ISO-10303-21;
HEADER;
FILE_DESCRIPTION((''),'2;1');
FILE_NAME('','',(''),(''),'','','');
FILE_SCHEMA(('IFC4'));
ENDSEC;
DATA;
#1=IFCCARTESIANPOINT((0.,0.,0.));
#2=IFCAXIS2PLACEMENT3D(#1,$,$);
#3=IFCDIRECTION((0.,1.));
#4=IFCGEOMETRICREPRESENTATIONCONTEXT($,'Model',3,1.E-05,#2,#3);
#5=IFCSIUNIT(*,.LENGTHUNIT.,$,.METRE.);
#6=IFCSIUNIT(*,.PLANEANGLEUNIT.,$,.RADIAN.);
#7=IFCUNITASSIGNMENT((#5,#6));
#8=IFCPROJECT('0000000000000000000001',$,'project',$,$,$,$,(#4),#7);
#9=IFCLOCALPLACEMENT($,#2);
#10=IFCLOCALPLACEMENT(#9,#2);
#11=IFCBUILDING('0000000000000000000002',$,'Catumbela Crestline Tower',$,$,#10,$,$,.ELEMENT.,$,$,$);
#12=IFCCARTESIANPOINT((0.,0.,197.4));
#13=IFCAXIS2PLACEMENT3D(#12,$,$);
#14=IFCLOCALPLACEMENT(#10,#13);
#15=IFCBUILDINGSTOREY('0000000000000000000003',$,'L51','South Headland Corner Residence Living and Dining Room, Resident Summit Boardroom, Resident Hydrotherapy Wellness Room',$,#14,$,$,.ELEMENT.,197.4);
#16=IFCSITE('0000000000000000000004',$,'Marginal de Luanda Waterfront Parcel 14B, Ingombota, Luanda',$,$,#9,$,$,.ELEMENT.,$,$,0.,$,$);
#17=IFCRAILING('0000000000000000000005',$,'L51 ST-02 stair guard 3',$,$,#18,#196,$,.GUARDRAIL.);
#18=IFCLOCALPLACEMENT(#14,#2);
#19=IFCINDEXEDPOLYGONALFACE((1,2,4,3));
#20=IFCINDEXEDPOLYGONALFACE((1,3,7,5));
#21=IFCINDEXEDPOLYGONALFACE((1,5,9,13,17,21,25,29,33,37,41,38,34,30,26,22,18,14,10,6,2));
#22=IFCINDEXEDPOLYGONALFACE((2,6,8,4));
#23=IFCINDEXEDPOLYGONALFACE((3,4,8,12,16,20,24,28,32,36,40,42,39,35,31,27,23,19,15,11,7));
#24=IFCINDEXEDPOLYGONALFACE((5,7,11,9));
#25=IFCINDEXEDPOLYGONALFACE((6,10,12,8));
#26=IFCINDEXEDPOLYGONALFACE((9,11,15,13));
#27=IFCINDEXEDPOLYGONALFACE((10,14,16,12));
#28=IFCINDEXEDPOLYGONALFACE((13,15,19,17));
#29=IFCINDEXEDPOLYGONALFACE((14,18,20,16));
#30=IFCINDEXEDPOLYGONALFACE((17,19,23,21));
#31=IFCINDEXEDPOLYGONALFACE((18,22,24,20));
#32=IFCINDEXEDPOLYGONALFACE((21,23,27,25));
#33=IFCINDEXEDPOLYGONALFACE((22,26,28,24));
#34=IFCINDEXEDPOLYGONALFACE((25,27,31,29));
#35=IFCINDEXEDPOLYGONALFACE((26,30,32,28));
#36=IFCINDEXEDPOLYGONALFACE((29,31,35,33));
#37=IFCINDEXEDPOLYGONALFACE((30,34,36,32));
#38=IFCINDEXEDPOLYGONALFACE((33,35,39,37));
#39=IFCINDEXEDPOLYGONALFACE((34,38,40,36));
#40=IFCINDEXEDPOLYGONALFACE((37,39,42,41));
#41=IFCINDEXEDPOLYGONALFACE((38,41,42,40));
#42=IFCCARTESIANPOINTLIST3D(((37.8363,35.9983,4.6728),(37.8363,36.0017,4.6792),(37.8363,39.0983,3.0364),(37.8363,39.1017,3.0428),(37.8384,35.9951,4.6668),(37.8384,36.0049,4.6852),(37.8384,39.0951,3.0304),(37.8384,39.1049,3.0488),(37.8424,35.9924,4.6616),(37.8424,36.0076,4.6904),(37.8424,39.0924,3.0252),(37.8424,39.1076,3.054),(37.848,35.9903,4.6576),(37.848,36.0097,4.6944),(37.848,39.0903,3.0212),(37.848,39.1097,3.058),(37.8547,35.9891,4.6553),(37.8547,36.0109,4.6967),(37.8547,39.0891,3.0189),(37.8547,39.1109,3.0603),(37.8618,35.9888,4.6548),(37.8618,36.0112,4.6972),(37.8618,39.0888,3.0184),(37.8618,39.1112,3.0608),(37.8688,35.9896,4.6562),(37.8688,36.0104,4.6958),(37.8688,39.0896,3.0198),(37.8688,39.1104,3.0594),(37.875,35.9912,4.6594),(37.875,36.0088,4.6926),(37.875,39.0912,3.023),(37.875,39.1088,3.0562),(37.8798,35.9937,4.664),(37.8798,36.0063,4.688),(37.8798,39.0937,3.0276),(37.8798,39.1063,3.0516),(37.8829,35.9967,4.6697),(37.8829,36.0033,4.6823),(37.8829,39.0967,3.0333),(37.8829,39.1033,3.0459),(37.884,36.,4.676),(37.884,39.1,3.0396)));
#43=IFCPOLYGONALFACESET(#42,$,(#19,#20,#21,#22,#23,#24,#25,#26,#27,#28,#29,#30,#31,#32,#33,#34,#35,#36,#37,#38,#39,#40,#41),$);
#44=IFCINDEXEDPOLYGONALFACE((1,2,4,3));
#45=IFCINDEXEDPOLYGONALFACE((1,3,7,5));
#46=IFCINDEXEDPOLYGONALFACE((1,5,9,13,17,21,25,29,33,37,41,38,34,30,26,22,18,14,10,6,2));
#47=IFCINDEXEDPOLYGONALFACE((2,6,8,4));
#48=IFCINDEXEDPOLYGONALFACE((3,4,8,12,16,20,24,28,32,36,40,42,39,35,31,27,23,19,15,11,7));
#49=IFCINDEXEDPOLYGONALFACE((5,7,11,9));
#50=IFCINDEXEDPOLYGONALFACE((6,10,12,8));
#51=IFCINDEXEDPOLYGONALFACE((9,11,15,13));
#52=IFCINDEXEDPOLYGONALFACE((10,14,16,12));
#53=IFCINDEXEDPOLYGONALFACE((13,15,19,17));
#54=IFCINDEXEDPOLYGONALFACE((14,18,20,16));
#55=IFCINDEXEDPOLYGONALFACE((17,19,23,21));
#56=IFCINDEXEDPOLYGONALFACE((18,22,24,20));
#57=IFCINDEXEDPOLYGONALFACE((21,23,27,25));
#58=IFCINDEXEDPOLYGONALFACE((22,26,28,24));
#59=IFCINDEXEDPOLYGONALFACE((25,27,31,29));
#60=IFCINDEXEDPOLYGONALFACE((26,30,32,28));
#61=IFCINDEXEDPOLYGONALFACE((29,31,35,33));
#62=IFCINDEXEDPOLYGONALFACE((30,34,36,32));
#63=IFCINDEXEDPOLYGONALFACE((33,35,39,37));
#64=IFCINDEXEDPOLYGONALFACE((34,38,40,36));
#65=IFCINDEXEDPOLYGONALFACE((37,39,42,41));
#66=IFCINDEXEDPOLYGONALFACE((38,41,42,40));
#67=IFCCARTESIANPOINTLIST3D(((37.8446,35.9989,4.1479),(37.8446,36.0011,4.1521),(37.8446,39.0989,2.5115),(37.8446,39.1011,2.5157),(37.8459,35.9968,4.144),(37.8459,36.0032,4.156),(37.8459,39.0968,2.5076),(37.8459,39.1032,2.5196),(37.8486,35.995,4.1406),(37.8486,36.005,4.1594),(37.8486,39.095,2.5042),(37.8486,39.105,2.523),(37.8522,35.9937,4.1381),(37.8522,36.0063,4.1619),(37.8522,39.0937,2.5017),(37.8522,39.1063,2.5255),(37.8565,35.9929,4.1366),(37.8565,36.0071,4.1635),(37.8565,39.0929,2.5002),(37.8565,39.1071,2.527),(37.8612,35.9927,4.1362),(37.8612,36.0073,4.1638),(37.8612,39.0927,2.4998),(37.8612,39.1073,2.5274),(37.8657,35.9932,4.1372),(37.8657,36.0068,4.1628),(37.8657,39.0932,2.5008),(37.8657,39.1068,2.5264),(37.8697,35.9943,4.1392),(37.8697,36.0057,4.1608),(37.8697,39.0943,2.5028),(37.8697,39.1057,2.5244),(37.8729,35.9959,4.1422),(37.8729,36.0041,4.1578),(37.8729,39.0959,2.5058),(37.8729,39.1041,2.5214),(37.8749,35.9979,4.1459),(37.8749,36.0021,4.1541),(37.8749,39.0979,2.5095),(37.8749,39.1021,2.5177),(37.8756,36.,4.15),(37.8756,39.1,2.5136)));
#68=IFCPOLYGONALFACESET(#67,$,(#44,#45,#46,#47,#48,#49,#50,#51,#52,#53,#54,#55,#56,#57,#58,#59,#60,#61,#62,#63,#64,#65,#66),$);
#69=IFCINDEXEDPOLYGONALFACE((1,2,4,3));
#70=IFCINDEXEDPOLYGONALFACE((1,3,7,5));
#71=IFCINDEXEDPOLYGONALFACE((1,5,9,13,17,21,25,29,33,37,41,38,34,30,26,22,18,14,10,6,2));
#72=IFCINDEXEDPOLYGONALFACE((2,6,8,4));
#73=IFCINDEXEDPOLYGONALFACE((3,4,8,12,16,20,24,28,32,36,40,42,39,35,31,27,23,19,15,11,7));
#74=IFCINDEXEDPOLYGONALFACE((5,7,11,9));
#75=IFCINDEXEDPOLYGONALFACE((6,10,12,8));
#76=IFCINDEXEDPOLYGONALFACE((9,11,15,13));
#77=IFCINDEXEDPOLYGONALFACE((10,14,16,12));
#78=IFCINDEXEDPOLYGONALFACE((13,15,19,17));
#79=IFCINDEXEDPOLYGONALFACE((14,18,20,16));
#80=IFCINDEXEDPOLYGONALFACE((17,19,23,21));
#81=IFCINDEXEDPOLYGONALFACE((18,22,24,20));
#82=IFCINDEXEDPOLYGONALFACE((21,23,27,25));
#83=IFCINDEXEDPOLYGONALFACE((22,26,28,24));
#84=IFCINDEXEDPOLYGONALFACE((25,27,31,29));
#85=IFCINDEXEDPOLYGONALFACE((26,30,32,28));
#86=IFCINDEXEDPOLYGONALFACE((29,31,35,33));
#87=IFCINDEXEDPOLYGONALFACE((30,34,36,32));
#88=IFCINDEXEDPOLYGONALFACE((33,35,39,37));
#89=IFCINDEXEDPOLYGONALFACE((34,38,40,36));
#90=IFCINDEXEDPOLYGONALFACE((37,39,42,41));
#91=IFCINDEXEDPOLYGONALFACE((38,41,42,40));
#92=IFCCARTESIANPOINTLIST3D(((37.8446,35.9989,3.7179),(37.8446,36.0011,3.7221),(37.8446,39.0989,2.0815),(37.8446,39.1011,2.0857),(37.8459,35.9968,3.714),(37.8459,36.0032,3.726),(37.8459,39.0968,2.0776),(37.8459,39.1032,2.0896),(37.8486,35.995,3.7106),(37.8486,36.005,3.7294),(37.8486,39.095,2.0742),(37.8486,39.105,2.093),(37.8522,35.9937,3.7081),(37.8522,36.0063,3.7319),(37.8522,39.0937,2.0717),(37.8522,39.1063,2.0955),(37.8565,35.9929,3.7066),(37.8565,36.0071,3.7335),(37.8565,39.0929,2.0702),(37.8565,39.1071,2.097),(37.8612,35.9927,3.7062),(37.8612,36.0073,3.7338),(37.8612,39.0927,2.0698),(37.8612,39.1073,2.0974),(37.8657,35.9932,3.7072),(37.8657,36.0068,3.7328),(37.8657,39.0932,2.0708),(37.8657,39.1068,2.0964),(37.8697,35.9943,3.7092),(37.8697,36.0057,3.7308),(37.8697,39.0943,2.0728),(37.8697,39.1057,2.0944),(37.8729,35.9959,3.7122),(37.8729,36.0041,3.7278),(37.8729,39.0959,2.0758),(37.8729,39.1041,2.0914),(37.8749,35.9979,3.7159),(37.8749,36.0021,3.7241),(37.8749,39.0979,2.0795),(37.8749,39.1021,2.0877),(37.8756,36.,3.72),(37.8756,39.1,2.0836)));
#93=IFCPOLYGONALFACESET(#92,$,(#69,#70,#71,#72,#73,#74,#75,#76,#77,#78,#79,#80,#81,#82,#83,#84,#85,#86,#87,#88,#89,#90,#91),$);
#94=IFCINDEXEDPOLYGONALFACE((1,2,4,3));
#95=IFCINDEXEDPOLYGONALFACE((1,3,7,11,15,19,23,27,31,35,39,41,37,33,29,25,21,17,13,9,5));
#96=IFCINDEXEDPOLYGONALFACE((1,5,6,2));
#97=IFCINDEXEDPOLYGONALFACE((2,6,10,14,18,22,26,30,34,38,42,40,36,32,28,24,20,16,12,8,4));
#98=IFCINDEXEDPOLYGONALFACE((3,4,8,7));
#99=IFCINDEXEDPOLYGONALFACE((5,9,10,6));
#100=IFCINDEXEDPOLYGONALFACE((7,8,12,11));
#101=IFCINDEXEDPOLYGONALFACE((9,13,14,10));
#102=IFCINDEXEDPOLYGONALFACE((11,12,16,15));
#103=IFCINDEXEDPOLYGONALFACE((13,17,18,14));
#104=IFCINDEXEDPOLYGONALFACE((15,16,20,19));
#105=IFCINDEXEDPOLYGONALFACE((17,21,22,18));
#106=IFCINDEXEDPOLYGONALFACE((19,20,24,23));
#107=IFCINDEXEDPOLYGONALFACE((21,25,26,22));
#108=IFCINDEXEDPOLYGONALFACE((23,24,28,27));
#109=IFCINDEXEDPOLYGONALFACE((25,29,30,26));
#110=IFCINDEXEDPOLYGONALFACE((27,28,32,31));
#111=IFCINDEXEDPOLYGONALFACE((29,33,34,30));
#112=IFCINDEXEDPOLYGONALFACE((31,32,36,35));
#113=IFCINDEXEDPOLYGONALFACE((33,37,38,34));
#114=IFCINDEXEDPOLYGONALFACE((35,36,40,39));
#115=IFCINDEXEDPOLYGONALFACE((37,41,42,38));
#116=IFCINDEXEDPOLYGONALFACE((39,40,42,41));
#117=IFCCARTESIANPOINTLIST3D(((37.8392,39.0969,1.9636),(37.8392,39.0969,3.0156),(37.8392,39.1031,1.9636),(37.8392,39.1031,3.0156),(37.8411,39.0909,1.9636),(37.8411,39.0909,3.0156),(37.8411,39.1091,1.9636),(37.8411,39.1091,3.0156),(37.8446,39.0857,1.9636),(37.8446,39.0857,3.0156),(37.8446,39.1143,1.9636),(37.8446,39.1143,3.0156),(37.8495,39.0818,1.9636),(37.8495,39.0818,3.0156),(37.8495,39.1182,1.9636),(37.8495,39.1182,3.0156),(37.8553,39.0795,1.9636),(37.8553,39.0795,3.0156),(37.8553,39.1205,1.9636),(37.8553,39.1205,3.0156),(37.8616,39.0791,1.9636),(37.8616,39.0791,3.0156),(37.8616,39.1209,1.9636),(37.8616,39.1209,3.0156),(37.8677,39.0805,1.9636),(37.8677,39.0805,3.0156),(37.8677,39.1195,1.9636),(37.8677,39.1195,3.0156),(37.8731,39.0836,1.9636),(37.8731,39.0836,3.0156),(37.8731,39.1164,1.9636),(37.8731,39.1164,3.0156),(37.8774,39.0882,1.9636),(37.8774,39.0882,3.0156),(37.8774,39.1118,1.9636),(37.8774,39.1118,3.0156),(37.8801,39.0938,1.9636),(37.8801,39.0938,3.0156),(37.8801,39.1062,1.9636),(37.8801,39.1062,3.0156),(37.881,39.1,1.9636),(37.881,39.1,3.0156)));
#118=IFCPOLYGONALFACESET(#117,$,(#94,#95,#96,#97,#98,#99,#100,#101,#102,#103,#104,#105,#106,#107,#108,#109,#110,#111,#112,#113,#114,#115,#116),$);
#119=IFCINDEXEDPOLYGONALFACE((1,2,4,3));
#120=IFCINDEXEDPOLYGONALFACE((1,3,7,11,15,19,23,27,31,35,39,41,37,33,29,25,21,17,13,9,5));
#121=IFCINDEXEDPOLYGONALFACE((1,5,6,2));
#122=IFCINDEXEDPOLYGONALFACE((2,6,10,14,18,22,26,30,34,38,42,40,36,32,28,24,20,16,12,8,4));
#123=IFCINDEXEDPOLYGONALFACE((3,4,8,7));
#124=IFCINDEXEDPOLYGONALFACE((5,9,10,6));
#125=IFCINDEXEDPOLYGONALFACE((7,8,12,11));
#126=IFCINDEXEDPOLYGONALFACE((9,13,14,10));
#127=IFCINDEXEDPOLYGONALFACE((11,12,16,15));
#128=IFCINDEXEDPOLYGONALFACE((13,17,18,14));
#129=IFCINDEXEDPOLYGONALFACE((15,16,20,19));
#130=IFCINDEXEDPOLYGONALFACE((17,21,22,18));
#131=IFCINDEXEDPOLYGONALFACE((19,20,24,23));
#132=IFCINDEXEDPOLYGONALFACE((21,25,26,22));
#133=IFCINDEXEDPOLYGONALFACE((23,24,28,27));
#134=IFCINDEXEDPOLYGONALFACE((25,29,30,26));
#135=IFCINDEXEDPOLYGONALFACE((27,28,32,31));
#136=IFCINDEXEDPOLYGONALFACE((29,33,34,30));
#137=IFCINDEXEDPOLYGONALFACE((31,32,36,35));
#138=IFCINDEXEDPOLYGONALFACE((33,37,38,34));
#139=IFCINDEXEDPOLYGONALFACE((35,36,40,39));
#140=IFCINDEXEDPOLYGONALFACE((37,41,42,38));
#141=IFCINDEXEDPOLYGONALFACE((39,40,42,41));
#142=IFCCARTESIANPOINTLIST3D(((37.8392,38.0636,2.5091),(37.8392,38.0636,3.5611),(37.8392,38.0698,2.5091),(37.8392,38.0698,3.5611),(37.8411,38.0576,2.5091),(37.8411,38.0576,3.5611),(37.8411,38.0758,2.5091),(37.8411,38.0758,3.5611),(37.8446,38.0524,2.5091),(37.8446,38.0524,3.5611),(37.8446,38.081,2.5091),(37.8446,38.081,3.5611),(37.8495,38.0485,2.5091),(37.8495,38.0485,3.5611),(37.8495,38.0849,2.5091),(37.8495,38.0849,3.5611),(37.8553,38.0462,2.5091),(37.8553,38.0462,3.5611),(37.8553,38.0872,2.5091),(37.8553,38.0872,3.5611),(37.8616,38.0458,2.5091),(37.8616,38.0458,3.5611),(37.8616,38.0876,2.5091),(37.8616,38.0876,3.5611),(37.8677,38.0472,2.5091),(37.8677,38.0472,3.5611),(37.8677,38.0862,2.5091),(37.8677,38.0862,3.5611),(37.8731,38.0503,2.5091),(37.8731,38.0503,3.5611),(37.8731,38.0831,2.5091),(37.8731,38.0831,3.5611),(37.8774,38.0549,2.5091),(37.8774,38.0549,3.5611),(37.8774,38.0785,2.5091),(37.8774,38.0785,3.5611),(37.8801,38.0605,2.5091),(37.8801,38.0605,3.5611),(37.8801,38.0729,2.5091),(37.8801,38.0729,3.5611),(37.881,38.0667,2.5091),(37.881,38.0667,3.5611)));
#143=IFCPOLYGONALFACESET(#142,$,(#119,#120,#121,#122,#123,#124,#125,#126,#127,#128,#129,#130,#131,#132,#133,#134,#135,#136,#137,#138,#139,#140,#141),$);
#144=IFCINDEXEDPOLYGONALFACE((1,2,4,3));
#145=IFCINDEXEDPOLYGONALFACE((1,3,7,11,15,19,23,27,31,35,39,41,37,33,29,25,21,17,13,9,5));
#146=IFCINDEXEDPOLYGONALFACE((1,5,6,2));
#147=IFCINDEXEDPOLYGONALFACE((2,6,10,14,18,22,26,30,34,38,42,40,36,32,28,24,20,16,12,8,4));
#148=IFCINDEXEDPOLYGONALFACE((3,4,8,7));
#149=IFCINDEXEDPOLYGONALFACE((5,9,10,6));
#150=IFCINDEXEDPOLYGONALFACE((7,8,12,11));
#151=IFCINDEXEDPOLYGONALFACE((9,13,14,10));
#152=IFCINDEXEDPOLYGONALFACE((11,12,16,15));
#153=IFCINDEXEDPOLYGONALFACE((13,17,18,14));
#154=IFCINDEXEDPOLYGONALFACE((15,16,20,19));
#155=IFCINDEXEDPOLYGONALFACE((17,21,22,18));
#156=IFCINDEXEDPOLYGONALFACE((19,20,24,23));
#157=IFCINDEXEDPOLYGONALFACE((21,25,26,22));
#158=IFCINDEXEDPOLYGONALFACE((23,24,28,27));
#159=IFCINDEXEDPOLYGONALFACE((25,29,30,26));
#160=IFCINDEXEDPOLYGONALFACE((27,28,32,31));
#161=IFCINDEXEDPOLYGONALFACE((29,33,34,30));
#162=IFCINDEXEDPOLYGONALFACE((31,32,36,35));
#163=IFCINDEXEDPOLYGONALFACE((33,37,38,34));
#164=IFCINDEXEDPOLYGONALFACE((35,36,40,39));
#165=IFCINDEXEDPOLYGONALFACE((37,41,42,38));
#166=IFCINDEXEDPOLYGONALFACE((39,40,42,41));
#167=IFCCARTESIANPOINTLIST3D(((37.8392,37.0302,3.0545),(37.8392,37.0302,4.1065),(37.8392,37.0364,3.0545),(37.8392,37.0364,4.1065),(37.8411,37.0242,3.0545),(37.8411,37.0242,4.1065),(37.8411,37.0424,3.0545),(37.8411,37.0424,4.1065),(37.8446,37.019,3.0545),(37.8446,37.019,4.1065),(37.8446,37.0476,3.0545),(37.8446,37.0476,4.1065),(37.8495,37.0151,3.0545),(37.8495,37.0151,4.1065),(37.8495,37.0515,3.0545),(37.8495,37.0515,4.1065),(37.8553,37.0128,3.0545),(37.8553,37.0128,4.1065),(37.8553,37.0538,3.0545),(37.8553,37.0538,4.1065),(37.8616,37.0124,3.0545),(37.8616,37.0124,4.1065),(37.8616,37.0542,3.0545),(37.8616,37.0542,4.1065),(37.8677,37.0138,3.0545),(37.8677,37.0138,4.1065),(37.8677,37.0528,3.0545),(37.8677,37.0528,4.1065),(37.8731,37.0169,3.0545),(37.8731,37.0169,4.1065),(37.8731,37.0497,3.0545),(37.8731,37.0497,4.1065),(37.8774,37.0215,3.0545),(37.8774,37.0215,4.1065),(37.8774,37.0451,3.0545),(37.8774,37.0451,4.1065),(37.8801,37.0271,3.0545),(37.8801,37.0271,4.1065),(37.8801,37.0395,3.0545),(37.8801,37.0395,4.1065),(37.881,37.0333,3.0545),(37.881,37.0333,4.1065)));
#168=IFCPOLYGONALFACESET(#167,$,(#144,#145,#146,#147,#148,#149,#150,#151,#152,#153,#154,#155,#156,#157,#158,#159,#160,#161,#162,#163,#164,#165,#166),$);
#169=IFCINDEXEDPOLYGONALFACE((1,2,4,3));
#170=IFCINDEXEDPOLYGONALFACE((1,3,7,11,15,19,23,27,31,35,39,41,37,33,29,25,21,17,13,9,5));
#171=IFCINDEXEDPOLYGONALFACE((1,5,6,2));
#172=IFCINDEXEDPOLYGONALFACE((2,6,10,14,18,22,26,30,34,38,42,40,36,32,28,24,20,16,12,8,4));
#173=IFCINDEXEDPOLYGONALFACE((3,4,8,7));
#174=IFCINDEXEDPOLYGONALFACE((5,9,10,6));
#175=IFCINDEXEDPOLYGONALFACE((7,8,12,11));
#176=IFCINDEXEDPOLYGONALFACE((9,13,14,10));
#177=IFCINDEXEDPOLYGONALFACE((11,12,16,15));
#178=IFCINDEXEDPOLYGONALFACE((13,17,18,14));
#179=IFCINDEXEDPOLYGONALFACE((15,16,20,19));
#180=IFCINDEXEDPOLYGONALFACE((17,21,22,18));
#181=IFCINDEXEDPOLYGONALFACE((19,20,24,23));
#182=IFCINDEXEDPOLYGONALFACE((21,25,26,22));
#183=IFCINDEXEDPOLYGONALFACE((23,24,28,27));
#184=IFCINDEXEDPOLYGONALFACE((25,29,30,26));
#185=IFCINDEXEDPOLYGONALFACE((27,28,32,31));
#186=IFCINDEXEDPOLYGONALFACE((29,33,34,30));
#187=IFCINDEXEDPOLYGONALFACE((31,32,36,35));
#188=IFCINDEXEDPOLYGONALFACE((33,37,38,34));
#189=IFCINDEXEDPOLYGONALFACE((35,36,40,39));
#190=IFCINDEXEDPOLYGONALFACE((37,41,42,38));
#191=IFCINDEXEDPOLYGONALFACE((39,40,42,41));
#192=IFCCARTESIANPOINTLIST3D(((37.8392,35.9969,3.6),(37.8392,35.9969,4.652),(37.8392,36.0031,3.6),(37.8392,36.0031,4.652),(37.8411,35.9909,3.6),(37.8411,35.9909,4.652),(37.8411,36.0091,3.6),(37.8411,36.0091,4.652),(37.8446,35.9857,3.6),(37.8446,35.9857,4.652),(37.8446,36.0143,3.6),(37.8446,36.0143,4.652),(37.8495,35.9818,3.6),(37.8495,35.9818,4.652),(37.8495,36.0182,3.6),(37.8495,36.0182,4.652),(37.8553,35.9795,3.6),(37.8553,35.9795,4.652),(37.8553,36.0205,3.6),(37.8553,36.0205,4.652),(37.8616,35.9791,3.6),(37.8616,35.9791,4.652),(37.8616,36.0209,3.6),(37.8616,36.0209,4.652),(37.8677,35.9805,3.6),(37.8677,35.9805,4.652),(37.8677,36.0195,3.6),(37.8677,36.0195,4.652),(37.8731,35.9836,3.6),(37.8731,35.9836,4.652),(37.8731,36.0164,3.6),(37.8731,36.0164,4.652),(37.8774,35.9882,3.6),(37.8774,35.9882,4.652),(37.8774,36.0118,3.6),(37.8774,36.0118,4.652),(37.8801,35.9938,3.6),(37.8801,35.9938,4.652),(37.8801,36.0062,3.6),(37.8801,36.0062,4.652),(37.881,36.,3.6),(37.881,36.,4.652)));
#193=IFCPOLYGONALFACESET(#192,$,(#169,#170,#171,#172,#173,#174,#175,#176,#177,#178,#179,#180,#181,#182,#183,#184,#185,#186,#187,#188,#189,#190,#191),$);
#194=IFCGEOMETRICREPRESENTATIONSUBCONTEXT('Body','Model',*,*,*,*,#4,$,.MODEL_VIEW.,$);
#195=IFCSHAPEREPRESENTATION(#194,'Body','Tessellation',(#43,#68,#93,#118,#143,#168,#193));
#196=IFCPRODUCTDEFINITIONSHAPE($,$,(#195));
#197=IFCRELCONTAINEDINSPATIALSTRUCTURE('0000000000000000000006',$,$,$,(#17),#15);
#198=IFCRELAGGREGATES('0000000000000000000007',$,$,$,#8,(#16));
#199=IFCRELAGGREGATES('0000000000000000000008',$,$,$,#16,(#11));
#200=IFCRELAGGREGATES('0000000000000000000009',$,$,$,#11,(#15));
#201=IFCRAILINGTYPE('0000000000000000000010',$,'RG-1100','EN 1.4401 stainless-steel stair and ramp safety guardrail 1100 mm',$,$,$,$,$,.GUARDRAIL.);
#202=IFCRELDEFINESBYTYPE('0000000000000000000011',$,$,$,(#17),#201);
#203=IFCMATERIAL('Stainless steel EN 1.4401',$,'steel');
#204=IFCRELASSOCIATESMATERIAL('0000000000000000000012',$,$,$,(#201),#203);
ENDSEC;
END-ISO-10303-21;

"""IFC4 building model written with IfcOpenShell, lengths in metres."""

from ifc_helpers import new_model, si_unit, direction, frame, origin, origin_2d, place, context, subcontext, project, spatial, circle, extrude, material, type_object, element, save


model = new_model("IFC4")

# Units and contexts
model_context = context("Model", 3, precision=1e-05, world=origin(), true_north=direction((0.0, 1.0)))
body_context = subcontext(model_context, "Body", "Model", "MODEL_VIEW")
ifc_project = project(units=[si_unit("LENGTHUNIT", "METRE"), si_unit("PLANEANGLEUNIT", "RADIAN")], contexts=[model_context])

# Site, building, storey
site_placement = place(None, origin())
site = spatial("IfcSite", under=ifc_project, at=site_placement, Name="Marginal de Luanda Waterfront Parcel 14B, Ingombota, Luanda", CompositionType="ELEMENT", RefElevation=0.0)
building_placement = place(site_placement, origin())
building = spatial("IfcBuilding", under=site, at=building_placement, Name="Catumbela Crestline Tower", CompositionType="ELEMENT")
storey_placement = place(building_placement, frame((0.0, 0.0, 197.4)))
storey = spatial("IfcBuildingStorey", under=building, at=storey_placement, Name="L51", Description="South Headland Corner Residence Living and Dining Room, Resident Summit Boardroom, Resident Hydrotherapy Wellness Room", CompositionType="ELEMENT", Elevation=197.4)

# Shared definitions
ifc_material_1 = material(Name="Stainless steel EN 1.4401", Category="steel")

# Railing
railing_type_1 = type_object("IfcRailingType", Name="RG-1100", Description="EN 1.4401 stainless-steel stair and ramp safety guardrail 1100 mm", PredefinedType="GUARDRAIL", material=ifc_material_1)
railing_1_placement = place(storey_placement, frame((37.86, 39.1, 1.9636)))
element("IfcRailing", 1, at=railing_1_placement, inside=storey, type_object=railing_type_1, Name="L51 ST-02 stair guard 3", PredefinedType="GUARDRAIL", context=body_context, shape_type="SweptSolid", body=[
    extrude(circle(Radius=0.024, at=origin_2d()), frame((0.0, 0.0, 1.076), z_axis=(0.0, -0.884351, 0.466823), x_axis=(1.0, 0.0, 0.0)), (0.0, 0.0, 1.0), 3.5054),
    extrude(circle(Radius=0.0156, at=origin_2d()), frame((0.0, 0.0, 0.55), z_axis=(0.0, -0.884351, 0.466823), x_axis=(1.0, 0.0, 0.0)), (0.0, 0.0, 1.0), 3.5054),
    extrude(circle(Radius=0.0156, at=origin_2d()), frame((0.0, 0.0, 0.12), z_axis=(0.0, -0.884351, 0.466823), x_axis=(1.0, 0.0, 0.0)), (0.0, 0.0, 1.0), 3.5054),
    extrude(circle(Radius=0.021, at=origin_2d()), origin(), (0.0, 0.0, 1.0), 1.052),
    extrude(circle(Radius=0.021, at=origin_2d()), frame((0.0, -1.0333, 0.5455)), (0.0, 0.0, 1.0), 1.052),
    extrude(circle(Radius=0.021, at=origin_2d()), frame((0.0, -2.0667, 1.0909)), (0.0, 0.0, 1.0), 1.052),
    extrude(circle(Radius=0.021, at=origin_2d()), frame((0.0, -3.1, 1.6364)), (0.0, 0.0, 1.0), 1.052),
])

save(model, "model.ifc")
